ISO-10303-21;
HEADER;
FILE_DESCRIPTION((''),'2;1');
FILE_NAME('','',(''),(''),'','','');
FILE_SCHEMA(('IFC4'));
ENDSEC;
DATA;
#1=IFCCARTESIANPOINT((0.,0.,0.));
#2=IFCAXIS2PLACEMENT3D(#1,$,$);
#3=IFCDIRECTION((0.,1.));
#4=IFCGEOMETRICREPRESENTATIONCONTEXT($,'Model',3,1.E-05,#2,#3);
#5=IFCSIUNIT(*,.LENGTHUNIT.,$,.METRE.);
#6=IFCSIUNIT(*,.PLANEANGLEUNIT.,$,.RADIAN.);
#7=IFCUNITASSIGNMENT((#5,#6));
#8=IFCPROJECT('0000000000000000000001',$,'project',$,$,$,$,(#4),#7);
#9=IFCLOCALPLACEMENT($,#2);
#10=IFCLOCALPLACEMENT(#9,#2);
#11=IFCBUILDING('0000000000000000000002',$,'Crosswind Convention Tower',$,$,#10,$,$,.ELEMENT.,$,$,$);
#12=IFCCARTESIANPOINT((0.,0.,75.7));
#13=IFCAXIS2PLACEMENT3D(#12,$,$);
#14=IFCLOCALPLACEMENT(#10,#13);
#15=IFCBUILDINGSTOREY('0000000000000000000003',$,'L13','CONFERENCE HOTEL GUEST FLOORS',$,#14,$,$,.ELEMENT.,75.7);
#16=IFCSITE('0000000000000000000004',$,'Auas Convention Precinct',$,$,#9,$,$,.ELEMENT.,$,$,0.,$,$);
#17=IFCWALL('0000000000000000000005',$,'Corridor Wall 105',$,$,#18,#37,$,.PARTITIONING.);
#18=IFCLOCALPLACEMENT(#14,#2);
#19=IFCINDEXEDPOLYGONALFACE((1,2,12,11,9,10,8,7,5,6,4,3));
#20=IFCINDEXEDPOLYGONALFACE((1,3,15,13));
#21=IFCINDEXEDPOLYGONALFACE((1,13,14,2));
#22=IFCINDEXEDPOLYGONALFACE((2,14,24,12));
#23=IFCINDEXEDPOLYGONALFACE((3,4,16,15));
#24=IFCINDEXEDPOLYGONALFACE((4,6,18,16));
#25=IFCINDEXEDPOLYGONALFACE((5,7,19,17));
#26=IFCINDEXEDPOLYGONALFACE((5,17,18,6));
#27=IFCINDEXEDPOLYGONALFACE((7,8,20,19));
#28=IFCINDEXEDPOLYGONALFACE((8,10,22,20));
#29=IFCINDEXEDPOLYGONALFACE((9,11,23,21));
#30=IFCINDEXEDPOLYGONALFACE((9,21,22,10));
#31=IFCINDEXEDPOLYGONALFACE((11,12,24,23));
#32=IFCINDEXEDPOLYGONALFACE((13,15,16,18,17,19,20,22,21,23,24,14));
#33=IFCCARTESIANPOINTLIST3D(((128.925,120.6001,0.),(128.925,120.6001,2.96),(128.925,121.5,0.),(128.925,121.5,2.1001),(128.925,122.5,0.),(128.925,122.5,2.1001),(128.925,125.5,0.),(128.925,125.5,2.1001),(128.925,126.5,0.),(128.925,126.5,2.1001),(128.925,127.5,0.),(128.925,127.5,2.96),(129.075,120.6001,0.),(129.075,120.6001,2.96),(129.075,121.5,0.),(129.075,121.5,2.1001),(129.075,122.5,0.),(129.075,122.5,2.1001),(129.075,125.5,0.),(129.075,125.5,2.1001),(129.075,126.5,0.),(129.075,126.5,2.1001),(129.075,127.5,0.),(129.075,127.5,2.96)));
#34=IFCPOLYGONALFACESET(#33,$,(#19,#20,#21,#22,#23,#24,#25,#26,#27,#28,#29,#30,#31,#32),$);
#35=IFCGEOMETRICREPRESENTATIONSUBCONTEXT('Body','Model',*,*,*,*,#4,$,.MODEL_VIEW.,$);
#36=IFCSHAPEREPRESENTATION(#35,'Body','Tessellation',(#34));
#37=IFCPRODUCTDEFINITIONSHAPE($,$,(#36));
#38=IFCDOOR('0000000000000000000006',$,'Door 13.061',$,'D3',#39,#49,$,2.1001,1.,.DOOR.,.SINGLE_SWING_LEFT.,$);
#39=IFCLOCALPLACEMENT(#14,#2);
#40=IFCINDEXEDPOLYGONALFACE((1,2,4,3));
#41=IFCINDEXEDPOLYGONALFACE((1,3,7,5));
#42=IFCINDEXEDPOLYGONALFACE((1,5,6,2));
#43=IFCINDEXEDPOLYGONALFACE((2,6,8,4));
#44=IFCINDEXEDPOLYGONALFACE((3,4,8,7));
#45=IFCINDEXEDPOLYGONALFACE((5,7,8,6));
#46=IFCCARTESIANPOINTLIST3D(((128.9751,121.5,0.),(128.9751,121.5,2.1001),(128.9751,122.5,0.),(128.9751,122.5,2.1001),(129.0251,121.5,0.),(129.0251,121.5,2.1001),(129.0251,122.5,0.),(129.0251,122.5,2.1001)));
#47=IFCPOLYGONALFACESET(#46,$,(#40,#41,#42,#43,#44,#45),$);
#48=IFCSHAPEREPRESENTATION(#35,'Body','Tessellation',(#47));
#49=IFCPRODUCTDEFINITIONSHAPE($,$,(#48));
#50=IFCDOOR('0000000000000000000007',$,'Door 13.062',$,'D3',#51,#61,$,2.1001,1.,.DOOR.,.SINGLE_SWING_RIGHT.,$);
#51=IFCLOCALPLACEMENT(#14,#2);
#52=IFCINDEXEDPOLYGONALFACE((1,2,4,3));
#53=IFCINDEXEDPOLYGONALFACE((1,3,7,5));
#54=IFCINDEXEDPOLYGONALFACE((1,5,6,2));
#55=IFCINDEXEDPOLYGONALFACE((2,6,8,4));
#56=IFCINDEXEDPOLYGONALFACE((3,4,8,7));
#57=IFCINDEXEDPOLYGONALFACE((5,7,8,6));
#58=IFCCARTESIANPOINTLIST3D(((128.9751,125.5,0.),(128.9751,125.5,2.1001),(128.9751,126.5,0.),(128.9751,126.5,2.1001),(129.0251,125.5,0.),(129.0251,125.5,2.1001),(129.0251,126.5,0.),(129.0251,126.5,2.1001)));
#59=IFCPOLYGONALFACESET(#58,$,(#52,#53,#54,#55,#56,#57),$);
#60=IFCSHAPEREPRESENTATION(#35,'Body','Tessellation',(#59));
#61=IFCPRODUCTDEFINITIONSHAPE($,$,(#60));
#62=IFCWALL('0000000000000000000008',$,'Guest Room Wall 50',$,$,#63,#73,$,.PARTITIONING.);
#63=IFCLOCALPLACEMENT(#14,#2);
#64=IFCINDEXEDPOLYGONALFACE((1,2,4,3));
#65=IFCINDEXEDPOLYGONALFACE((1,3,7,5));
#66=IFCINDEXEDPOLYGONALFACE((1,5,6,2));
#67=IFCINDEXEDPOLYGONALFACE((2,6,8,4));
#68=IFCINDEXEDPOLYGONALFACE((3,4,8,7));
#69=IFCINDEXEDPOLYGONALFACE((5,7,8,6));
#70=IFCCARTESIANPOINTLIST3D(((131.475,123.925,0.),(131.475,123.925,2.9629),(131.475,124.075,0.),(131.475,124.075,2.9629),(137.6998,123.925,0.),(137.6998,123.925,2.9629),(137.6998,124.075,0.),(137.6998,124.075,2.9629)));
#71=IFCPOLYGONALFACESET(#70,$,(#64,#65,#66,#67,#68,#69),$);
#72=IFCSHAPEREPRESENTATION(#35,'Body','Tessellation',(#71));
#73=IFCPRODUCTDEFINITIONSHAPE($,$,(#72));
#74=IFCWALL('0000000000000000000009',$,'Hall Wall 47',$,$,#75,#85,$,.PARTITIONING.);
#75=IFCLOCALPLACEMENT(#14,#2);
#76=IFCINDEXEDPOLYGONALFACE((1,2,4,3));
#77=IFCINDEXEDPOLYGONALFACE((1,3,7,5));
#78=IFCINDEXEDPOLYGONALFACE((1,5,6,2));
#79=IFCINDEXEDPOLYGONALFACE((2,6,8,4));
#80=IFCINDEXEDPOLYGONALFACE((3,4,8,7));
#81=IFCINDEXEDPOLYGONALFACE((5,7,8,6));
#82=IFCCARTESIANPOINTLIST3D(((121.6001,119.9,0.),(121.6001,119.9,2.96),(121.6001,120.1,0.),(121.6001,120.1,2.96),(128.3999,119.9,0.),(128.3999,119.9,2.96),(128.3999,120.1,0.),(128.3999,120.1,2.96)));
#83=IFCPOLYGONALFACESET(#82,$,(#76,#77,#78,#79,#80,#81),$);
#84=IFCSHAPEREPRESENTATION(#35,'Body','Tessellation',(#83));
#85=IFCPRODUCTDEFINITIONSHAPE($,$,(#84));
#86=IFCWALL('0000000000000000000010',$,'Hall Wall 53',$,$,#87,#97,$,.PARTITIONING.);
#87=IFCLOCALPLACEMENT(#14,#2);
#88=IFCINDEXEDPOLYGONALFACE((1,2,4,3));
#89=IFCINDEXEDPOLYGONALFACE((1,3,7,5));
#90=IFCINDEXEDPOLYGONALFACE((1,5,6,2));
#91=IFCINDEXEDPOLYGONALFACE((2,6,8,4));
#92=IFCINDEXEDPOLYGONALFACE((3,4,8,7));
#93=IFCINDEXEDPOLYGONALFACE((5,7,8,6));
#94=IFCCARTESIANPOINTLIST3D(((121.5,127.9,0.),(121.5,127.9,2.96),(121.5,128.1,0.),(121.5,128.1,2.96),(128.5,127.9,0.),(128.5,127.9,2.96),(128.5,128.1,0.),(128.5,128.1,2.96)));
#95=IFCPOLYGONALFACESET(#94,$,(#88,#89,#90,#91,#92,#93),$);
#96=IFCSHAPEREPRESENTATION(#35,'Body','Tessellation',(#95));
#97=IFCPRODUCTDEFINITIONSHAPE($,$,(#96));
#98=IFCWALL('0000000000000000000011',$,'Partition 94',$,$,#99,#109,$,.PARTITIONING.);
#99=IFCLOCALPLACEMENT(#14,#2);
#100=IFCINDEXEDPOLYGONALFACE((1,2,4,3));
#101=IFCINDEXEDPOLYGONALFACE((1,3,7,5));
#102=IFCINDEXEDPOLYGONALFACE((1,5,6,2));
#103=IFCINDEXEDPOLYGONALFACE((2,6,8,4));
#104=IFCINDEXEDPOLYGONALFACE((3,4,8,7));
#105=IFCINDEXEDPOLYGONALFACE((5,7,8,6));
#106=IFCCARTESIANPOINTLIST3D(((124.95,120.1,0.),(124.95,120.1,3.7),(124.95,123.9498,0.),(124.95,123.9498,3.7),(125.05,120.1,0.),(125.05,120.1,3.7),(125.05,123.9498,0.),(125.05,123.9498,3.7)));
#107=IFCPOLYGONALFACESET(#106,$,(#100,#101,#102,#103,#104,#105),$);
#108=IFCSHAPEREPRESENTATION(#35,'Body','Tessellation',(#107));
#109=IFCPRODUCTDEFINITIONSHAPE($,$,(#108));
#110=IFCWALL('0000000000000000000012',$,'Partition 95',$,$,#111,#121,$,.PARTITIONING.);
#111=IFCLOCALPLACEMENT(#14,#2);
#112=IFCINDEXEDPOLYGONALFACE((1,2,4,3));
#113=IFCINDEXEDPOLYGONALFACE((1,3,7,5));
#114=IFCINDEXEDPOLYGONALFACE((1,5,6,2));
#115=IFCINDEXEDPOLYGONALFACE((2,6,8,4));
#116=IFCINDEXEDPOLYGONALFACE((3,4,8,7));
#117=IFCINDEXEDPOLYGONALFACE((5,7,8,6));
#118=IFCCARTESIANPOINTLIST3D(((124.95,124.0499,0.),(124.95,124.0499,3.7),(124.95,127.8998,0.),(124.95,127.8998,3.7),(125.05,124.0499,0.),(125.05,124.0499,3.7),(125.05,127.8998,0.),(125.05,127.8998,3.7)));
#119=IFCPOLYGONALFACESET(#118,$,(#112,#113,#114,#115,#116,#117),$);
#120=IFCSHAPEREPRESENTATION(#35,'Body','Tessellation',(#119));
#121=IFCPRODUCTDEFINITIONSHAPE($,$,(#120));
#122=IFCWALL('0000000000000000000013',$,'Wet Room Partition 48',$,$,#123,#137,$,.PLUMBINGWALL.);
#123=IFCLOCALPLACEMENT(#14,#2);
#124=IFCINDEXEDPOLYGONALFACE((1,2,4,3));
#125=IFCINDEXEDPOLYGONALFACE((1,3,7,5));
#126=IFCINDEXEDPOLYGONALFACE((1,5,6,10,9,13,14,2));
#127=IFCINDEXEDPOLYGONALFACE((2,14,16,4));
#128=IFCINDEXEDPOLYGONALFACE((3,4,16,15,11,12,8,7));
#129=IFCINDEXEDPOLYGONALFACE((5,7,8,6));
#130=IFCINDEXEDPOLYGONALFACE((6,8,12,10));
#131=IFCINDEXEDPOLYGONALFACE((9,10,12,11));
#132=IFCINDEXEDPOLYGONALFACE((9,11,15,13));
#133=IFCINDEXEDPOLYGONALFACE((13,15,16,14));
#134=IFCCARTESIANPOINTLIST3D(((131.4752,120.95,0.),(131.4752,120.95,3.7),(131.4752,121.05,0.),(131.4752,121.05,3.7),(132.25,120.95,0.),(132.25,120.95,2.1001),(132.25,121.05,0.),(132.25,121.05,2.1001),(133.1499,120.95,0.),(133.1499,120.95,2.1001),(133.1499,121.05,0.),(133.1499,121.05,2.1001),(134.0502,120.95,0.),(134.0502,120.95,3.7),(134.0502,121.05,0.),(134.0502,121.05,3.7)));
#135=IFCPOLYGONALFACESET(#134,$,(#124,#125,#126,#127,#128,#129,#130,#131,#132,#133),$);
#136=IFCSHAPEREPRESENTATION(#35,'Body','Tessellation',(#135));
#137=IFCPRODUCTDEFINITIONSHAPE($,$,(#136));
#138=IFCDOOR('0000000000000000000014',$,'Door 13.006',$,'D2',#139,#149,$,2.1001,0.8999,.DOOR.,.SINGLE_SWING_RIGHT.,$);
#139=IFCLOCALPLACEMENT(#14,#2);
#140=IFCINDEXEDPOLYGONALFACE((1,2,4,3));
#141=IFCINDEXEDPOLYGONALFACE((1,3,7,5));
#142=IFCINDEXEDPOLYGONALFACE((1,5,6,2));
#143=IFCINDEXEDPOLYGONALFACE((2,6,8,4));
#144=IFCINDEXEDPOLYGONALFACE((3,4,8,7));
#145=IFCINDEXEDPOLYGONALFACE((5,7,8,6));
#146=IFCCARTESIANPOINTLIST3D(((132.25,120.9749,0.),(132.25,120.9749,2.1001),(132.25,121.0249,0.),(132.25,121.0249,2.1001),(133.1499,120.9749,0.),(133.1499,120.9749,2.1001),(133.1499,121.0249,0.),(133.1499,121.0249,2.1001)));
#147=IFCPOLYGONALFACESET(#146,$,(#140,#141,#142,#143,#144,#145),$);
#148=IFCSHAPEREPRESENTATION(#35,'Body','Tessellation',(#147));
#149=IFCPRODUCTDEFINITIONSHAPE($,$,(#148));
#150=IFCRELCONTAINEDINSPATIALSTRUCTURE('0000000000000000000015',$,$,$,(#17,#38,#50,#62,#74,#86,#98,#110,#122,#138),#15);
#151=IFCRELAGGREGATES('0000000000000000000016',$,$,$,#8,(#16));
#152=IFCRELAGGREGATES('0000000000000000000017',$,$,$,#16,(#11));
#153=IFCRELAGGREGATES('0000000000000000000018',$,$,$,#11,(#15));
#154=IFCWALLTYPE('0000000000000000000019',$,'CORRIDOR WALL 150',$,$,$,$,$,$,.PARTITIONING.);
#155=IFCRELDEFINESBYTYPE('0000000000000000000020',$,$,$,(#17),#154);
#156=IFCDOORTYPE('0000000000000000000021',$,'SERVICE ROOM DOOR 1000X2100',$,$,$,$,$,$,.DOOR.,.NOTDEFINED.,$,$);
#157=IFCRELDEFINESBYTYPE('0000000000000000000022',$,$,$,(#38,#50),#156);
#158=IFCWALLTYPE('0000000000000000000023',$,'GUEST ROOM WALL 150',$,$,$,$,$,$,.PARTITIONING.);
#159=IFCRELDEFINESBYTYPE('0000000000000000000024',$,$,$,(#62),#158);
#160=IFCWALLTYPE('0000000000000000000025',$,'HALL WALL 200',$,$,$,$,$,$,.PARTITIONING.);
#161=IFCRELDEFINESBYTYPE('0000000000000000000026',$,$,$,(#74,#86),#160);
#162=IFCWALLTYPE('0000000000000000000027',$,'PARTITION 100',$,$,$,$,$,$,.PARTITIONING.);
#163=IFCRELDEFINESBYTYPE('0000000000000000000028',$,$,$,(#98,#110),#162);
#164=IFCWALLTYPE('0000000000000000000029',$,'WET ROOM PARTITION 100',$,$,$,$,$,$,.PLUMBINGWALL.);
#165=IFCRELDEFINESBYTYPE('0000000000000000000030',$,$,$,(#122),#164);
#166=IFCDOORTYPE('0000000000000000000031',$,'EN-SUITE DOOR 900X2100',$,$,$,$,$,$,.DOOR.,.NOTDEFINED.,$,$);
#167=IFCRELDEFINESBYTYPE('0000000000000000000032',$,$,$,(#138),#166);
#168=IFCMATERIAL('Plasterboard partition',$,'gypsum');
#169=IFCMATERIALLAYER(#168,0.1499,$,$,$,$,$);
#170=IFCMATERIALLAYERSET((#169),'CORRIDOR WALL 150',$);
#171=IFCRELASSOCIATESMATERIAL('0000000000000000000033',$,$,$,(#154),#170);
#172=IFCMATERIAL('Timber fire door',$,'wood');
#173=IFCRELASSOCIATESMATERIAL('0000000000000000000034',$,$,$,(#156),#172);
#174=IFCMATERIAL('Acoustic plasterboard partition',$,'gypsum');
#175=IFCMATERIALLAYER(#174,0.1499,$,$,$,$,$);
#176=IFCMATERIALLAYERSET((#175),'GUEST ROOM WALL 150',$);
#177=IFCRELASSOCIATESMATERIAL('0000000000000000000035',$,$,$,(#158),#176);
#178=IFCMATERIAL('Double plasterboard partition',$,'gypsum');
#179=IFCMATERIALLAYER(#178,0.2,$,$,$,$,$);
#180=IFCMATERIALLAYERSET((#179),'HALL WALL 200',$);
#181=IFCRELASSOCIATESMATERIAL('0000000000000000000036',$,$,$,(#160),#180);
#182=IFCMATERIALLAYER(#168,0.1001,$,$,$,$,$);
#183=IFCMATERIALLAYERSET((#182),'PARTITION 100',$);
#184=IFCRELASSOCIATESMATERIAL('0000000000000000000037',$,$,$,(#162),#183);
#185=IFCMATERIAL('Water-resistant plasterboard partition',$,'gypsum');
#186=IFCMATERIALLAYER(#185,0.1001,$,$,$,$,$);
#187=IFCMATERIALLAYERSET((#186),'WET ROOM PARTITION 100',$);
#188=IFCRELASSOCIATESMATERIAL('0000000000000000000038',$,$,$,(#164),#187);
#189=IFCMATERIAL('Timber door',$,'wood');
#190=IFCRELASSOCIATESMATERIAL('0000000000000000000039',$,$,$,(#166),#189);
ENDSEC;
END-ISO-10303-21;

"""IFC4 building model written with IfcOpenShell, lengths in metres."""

from ifc_helpers import new_model, si_unit, direction, frame, frame_2d, origin, place, context, subcontext, project, spatial, rectangle, extrude, material, layer, layer_set, type_object, element, fill, save


model = new_model("IFC4")

# Units and contexts
model_context = context("Model", 3, precision=1e-05, world=origin(), true_north=direction((0.0, 1.0)))
body_context = subcontext(model_context, "Body", "Model", "MODEL_VIEW")
ifc_project = project(units=[si_unit("LENGTHUNIT", "METRE"), si_unit("PLANEANGLEUNIT", "RADIAN")], contexts=[model_context])

# Site, building, storey
site_placement = place(None, origin())
site = spatial("IfcSite", under=ifc_project, at=site_placement, Name="Auas Convention Precinct", CompositionType="ELEMENT", RefElevation=0.0)
building_placement = place(site_placement, origin())
building = spatial("IfcBuilding", under=site, at=building_placement, Name="Crosswind Convention Tower", CompositionType="ELEMENT")
storey_placement = place(building_placement, frame((0.0, 0.0, 75.7)))
storey = spatial("IfcBuildingStorey", under=building, at=storey_placement, Name="L13", Description="CONFERENCE HOTEL GUEST FLOORS", CompositionType="ELEMENT", Elevation=75.7)

# Wall, openings, doors
ifc_material_1 = material(Name="Plasterboard partition", Category="gypsum")
ifc_layer_1 = layer(ifc_material_1, 0.1499)
ifc_layer_set_1 = layer_set([ifc_layer_1], Name="CORRIDOR WALL 150")
wall_type_1 = type_object("IfcWallType", Name="CORRIDOR WALL 150", PredefinedType="PARTITIONING", material=ifc_layer_set_1)
wall_1_placement = place(storey_placement, frame((129.0, 120.6001, 0.0), z_axis=(0.0, 0.0, 1.0), x_axis=(0.0, 1.0, 0.0)))
wall_1 = element("IfcWall", 1, at=wall_1_placement, inside=storey, type_object=wall_type_1, Name="Corridor Wall 105", PredefinedType="PARTITIONING", context=body_context, shape_type="SweptSolid", body=[
    extrude(rectangle(XDim=6.8999, YDim=0.1499, at=frame_2d((3.45, 0.0))), origin(), (0.0, 0.0, 1.0), 2.96),
])
opening_1_placement = place(wall_1_placement, frame((0.8999, 0.0, 0.0)))
opening_1 = element("IfcOpeningElement", 2, at=opening_1_placement, cuts=wall_1, PredefinedType="OPENING", context=body_context, shape_type="SweptSolid", body=[
    extrude(rectangle(XDim=1.0, YDim=2.1001, at=frame_2d((0.5, 1.05))), frame((0.0, 0.085, 0.0), z_axis=(0.0, -1.0, 0.0), x_axis=(1.0, 0.0, 0.0)), (0.0, 0.0, 1.0), 0.1699),
])
opening_2_placement = place(wall_1_placement, frame((4.8999, 0.0, 0.0)))
opening_2 = element("IfcOpeningElement", 3, at=opening_2_placement, cuts=wall_1, PredefinedType="OPENING", context=body_context, shape_type="SweptSolid", body=[
    extrude(rectangle(XDim=1.0, YDim=2.1001, at=frame_2d((0.5, 1.05))), frame((0.0, 0.085, 0.0), z_axis=(0.0, -1.0, 0.0), x_axis=(1.0, 0.0, 0.0)), (0.0, 0.0, 1.0), 0.1699),
])
ifc_material_2 = material(Name="Timber fire door", Category="wood")
door_type_1 = type_object("IfcDoorType", Name="SERVICE ROOM DOOR 1000X2100", OperationType="NOTDEFINED", PredefinedType="DOOR", material=ifc_material_2)
door_1_placement = place(opening_1_placement, origin())
door_1 = element("IfcDoor", 4, at=door_1_placement, inside=storey, type_object=door_type_1, Name="Door 13.061", ObjectType="D3", OperationType="SINGLE_SWING_LEFT", OverallHeight=2.1001, OverallWidth=1.0, PredefinedType="DOOR", context=body_context, shape_type="SweptSolid", body=[
    extrude(rectangle(XDim=1.0, YDim=2.1001, at=frame_2d((0.5, 1.05))), frame((0.0, 0.0249, 0.0), z_axis=(0.0, -1.0, 0.0), x_axis=(1.0, 0.0, 0.0)), (0.0, 0.0, 1.0), 0.05),
])
fill(opening_1, door_1)
door_2_placement = place(opening_2_placement, origin())
door_2 = element("IfcDoor", 5, at=door_2_placement, inside=storey, type_object=door_type_1, Name="Door 13.062", ObjectType="D3", OperationType="SINGLE_SWING_RIGHT", OverallHeight=2.1001, OverallWidth=1.0, PredefinedType="DOOR", context=body_context, shape_type="SweptSolid", body=[
    extrude(rectangle(XDim=1.0, YDim=2.1001, at=frame_2d((0.5, 1.05))), frame((0.0, 0.0249, 0.0), z_axis=(0.0, -1.0, 0.0), x_axis=(1.0, 0.0, 0.0)), (0.0, 0.0, 1.0), 0.05),
])
fill(opening_2, door_2)

# Walls
ifc_material_3 = material(Name="Acoustic plasterboard partition", Category="gypsum")
ifc_layer_2 = layer(ifc_material_3, 0.1499)
ifc_layer_set_2 = layer_set([ifc_layer_2], Name="GUEST ROOM WALL 150")
wall_type_2 = type_object("IfcWallType", Name="GUEST ROOM WALL 150", PredefinedType="PARTITIONING", material=ifc_layer_set_2)
wall_2_placement = place(storey_placement, frame((131.4751, 124.0, 0.0), z_axis=(0.0, 0.0, 1.0), x_axis=(1.0, 0.0, 0.0)))
element("IfcWall", 6, at=wall_2_placement, inside=storey, type_object=wall_type_2, Name="Guest Room Wall 50", PredefinedType="PARTITIONING", context=body_context, shape_type="SweptSolid", body=[
    extrude(rectangle(XDim=6.2249, YDim=0.1499, at=frame_2d((3.1123, 0.0))), origin(), (0.0, 0.0, 1.0), 2.9629),
])
ifc_material_4 = material(Name="Double plasterboard partition", Category="gypsum")
ifc_layer_3 = layer(ifc_material_4, 0.2)
ifc_layer_set_3 = layer_set([ifc_layer_3], Name="HALL WALL 200")
wall_type_3 = type_object("IfcWallType", Name="HALL WALL 200", PredefinedType="PARTITIONING", material=ifc_layer_set_3)
wall_3_placement = place(storey_placement, frame((121.6001, 120.0, 0.0), z_axis=(0.0, 0.0, 1.0), x_axis=(1.0, 0.0, 0.0)))
element("IfcWall", 7, at=wall_3_placement, inside=storey, type_object=wall_type_3, Name="Hall Wall 47", PredefinedType="PARTITIONING", context=body_context, shape_type="SweptSolid", body=[
    extrude(rectangle(XDim=6.7998, YDim=0.2, at=frame_2d((3.3999, 0.0))), origin(), (0.0, 0.0, 1.0), 2.96),
])
wall_4_placement = place(storey_placement, frame((121.5, 128.0, 0.0), z_axis=(0.0, 0.0, 1.0), x_axis=(1.0, 0.0, 0.0)))
element("IfcWall", 8, at=wall_4_placement, inside=storey, type_object=wall_type_3, Name="Hall Wall 53", PredefinedType="PARTITIONING", context=body_context, shape_type="SweptSolid", body=[
    extrude(rectangle(XDim=7.0, YDim=0.2, at=frame_2d((3.5, 0.0))), origin(), (0.0, 0.0, 1.0), 2.96),
])
ifc_layer_4 = layer(ifc_material_1, 0.1001)
ifc_layer_set_4 = layer_set([ifc_layer_4], Name="PARTITION 100")
wall_type_4 = type_object("IfcWallType", Name="PARTITION 100", PredefinedType="PARTITIONING", material=ifc_layer_set_4)
for number, where, z_axis, x_axis, name in (
    (9, (125.0, 120.1001, 0.0), (0.0, 0.0, 1.0), (0.0, 1.0, 0.0), "Partition 94"),
    (10, (125.0, 124.05, 0.0), (0.0, 0.0, 1.0), (0.0, 1.0, 0.0), "Partition 95"),
):
    element("IfcWall", number, at=place(storey_placement, frame(where, z_axis=z_axis, x_axis=x_axis)), inside=storey, type_object=wall_type_4, Name=name, PredefinedType="PARTITIONING", context=body_context, shape_type="SweptSolid", body=[
        extrude(rectangle(XDim=3.8499, YDim=0.1001, at=frame_2d((1.9248, 0.0))), origin(), (0.0, 0.0, 1.0), 3.7),
    ])

# Wall, opening, door
ifc_material_5 = material(Name="Water-resistant plasterboard partition", Category="gypsum")
ifc_layer_5 = layer(ifc_material_5, 0.1001)
ifc_layer_set_5 = layer_set([ifc_layer_5], Name="WET ROOM PARTITION 100")
wall_type_5 = type_object("IfcWallType", Name="WET ROOM PARTITION 100", PredefinedType="PLUMBINGWALL", material=ifc_layer_set_5)
wall_5_placement = place(storey_placement, frame((131.4751, 121.0, 0.0), z_axis=(0.0, 0.0, 1.0), x_axis=(1.0, 0.0, 0.0)))
wall_5 = element("IfcWall", 11, at=wall_5_placement, inside=storey, type_object=wall_type_5, Name="Wet Room Partition 48", PredefinedType="PLUMBINGWALL", context=body_context, shape_type="SweptSolid", body=[
    extrude(rectangle(XDim=2.575, YDim=0.1001, at=frame_2d((1.2876, 0.0))), origin(), (0.0, 0.0, 1.0), 3.7),
])
opening_3_placement = place(wall_5_placement, frame((0.7749, 0.0, 0.0)))
opening_3 = element("IfcOpeningElement", 12, at=opening_3_placement, cuts=wall_5, PredefinedType="OPENING", context=body_context, shape_type="SweptSolid", body=[
    extrude(rectangle(XDim=0.8999, YDim=2.1001, at=frame_2d((0.45, 1.05))), frame((0.0, 0.0601, 0.0), z_axis=(0.0, -1.0, 0.0), x_axis=(1.0, 0.0, 0.0)), (0.0, 0.0, 1.0), 0.1201),
])
ifc_material_6 = material(Name="Timber door", Category="wood")
door_type_2 = type_object("IfcDoorType", Name="EN-SUITE DOOR 900X2100", OperationType="NOTDEFINED", PredefinedType="DOOR", material=ifc_material_6)
door_3_placement = place(opening_3_placement, origin())
door_3 = element("IfcDoor", 13, at=door_3_placement, inside=storey, type_object=door_type_2, Name="Door 13.006", ObjectType="D2", OperationType="SINGLE_SWING_RIGHT", OverallHeight=2.1001, OverallWidth=0.8999, PredefinedType="DOOR", context=body_context, shape_type="SweptSolid", body=[
    extrude(rectangle(XDim=0.8999, YDim=2.1001, at=frame_2d((0.45, 1.05))), frame((0.0, 0.0249, 0.0), z_axis=(0.0, -1.0, 0.0), x_axis=(1.0, 0.0, 0.0)), (0.0, 0.0, 1.0), 0.05),
])
fill(opening_3, door_3)

save(model, "model.ifc")
